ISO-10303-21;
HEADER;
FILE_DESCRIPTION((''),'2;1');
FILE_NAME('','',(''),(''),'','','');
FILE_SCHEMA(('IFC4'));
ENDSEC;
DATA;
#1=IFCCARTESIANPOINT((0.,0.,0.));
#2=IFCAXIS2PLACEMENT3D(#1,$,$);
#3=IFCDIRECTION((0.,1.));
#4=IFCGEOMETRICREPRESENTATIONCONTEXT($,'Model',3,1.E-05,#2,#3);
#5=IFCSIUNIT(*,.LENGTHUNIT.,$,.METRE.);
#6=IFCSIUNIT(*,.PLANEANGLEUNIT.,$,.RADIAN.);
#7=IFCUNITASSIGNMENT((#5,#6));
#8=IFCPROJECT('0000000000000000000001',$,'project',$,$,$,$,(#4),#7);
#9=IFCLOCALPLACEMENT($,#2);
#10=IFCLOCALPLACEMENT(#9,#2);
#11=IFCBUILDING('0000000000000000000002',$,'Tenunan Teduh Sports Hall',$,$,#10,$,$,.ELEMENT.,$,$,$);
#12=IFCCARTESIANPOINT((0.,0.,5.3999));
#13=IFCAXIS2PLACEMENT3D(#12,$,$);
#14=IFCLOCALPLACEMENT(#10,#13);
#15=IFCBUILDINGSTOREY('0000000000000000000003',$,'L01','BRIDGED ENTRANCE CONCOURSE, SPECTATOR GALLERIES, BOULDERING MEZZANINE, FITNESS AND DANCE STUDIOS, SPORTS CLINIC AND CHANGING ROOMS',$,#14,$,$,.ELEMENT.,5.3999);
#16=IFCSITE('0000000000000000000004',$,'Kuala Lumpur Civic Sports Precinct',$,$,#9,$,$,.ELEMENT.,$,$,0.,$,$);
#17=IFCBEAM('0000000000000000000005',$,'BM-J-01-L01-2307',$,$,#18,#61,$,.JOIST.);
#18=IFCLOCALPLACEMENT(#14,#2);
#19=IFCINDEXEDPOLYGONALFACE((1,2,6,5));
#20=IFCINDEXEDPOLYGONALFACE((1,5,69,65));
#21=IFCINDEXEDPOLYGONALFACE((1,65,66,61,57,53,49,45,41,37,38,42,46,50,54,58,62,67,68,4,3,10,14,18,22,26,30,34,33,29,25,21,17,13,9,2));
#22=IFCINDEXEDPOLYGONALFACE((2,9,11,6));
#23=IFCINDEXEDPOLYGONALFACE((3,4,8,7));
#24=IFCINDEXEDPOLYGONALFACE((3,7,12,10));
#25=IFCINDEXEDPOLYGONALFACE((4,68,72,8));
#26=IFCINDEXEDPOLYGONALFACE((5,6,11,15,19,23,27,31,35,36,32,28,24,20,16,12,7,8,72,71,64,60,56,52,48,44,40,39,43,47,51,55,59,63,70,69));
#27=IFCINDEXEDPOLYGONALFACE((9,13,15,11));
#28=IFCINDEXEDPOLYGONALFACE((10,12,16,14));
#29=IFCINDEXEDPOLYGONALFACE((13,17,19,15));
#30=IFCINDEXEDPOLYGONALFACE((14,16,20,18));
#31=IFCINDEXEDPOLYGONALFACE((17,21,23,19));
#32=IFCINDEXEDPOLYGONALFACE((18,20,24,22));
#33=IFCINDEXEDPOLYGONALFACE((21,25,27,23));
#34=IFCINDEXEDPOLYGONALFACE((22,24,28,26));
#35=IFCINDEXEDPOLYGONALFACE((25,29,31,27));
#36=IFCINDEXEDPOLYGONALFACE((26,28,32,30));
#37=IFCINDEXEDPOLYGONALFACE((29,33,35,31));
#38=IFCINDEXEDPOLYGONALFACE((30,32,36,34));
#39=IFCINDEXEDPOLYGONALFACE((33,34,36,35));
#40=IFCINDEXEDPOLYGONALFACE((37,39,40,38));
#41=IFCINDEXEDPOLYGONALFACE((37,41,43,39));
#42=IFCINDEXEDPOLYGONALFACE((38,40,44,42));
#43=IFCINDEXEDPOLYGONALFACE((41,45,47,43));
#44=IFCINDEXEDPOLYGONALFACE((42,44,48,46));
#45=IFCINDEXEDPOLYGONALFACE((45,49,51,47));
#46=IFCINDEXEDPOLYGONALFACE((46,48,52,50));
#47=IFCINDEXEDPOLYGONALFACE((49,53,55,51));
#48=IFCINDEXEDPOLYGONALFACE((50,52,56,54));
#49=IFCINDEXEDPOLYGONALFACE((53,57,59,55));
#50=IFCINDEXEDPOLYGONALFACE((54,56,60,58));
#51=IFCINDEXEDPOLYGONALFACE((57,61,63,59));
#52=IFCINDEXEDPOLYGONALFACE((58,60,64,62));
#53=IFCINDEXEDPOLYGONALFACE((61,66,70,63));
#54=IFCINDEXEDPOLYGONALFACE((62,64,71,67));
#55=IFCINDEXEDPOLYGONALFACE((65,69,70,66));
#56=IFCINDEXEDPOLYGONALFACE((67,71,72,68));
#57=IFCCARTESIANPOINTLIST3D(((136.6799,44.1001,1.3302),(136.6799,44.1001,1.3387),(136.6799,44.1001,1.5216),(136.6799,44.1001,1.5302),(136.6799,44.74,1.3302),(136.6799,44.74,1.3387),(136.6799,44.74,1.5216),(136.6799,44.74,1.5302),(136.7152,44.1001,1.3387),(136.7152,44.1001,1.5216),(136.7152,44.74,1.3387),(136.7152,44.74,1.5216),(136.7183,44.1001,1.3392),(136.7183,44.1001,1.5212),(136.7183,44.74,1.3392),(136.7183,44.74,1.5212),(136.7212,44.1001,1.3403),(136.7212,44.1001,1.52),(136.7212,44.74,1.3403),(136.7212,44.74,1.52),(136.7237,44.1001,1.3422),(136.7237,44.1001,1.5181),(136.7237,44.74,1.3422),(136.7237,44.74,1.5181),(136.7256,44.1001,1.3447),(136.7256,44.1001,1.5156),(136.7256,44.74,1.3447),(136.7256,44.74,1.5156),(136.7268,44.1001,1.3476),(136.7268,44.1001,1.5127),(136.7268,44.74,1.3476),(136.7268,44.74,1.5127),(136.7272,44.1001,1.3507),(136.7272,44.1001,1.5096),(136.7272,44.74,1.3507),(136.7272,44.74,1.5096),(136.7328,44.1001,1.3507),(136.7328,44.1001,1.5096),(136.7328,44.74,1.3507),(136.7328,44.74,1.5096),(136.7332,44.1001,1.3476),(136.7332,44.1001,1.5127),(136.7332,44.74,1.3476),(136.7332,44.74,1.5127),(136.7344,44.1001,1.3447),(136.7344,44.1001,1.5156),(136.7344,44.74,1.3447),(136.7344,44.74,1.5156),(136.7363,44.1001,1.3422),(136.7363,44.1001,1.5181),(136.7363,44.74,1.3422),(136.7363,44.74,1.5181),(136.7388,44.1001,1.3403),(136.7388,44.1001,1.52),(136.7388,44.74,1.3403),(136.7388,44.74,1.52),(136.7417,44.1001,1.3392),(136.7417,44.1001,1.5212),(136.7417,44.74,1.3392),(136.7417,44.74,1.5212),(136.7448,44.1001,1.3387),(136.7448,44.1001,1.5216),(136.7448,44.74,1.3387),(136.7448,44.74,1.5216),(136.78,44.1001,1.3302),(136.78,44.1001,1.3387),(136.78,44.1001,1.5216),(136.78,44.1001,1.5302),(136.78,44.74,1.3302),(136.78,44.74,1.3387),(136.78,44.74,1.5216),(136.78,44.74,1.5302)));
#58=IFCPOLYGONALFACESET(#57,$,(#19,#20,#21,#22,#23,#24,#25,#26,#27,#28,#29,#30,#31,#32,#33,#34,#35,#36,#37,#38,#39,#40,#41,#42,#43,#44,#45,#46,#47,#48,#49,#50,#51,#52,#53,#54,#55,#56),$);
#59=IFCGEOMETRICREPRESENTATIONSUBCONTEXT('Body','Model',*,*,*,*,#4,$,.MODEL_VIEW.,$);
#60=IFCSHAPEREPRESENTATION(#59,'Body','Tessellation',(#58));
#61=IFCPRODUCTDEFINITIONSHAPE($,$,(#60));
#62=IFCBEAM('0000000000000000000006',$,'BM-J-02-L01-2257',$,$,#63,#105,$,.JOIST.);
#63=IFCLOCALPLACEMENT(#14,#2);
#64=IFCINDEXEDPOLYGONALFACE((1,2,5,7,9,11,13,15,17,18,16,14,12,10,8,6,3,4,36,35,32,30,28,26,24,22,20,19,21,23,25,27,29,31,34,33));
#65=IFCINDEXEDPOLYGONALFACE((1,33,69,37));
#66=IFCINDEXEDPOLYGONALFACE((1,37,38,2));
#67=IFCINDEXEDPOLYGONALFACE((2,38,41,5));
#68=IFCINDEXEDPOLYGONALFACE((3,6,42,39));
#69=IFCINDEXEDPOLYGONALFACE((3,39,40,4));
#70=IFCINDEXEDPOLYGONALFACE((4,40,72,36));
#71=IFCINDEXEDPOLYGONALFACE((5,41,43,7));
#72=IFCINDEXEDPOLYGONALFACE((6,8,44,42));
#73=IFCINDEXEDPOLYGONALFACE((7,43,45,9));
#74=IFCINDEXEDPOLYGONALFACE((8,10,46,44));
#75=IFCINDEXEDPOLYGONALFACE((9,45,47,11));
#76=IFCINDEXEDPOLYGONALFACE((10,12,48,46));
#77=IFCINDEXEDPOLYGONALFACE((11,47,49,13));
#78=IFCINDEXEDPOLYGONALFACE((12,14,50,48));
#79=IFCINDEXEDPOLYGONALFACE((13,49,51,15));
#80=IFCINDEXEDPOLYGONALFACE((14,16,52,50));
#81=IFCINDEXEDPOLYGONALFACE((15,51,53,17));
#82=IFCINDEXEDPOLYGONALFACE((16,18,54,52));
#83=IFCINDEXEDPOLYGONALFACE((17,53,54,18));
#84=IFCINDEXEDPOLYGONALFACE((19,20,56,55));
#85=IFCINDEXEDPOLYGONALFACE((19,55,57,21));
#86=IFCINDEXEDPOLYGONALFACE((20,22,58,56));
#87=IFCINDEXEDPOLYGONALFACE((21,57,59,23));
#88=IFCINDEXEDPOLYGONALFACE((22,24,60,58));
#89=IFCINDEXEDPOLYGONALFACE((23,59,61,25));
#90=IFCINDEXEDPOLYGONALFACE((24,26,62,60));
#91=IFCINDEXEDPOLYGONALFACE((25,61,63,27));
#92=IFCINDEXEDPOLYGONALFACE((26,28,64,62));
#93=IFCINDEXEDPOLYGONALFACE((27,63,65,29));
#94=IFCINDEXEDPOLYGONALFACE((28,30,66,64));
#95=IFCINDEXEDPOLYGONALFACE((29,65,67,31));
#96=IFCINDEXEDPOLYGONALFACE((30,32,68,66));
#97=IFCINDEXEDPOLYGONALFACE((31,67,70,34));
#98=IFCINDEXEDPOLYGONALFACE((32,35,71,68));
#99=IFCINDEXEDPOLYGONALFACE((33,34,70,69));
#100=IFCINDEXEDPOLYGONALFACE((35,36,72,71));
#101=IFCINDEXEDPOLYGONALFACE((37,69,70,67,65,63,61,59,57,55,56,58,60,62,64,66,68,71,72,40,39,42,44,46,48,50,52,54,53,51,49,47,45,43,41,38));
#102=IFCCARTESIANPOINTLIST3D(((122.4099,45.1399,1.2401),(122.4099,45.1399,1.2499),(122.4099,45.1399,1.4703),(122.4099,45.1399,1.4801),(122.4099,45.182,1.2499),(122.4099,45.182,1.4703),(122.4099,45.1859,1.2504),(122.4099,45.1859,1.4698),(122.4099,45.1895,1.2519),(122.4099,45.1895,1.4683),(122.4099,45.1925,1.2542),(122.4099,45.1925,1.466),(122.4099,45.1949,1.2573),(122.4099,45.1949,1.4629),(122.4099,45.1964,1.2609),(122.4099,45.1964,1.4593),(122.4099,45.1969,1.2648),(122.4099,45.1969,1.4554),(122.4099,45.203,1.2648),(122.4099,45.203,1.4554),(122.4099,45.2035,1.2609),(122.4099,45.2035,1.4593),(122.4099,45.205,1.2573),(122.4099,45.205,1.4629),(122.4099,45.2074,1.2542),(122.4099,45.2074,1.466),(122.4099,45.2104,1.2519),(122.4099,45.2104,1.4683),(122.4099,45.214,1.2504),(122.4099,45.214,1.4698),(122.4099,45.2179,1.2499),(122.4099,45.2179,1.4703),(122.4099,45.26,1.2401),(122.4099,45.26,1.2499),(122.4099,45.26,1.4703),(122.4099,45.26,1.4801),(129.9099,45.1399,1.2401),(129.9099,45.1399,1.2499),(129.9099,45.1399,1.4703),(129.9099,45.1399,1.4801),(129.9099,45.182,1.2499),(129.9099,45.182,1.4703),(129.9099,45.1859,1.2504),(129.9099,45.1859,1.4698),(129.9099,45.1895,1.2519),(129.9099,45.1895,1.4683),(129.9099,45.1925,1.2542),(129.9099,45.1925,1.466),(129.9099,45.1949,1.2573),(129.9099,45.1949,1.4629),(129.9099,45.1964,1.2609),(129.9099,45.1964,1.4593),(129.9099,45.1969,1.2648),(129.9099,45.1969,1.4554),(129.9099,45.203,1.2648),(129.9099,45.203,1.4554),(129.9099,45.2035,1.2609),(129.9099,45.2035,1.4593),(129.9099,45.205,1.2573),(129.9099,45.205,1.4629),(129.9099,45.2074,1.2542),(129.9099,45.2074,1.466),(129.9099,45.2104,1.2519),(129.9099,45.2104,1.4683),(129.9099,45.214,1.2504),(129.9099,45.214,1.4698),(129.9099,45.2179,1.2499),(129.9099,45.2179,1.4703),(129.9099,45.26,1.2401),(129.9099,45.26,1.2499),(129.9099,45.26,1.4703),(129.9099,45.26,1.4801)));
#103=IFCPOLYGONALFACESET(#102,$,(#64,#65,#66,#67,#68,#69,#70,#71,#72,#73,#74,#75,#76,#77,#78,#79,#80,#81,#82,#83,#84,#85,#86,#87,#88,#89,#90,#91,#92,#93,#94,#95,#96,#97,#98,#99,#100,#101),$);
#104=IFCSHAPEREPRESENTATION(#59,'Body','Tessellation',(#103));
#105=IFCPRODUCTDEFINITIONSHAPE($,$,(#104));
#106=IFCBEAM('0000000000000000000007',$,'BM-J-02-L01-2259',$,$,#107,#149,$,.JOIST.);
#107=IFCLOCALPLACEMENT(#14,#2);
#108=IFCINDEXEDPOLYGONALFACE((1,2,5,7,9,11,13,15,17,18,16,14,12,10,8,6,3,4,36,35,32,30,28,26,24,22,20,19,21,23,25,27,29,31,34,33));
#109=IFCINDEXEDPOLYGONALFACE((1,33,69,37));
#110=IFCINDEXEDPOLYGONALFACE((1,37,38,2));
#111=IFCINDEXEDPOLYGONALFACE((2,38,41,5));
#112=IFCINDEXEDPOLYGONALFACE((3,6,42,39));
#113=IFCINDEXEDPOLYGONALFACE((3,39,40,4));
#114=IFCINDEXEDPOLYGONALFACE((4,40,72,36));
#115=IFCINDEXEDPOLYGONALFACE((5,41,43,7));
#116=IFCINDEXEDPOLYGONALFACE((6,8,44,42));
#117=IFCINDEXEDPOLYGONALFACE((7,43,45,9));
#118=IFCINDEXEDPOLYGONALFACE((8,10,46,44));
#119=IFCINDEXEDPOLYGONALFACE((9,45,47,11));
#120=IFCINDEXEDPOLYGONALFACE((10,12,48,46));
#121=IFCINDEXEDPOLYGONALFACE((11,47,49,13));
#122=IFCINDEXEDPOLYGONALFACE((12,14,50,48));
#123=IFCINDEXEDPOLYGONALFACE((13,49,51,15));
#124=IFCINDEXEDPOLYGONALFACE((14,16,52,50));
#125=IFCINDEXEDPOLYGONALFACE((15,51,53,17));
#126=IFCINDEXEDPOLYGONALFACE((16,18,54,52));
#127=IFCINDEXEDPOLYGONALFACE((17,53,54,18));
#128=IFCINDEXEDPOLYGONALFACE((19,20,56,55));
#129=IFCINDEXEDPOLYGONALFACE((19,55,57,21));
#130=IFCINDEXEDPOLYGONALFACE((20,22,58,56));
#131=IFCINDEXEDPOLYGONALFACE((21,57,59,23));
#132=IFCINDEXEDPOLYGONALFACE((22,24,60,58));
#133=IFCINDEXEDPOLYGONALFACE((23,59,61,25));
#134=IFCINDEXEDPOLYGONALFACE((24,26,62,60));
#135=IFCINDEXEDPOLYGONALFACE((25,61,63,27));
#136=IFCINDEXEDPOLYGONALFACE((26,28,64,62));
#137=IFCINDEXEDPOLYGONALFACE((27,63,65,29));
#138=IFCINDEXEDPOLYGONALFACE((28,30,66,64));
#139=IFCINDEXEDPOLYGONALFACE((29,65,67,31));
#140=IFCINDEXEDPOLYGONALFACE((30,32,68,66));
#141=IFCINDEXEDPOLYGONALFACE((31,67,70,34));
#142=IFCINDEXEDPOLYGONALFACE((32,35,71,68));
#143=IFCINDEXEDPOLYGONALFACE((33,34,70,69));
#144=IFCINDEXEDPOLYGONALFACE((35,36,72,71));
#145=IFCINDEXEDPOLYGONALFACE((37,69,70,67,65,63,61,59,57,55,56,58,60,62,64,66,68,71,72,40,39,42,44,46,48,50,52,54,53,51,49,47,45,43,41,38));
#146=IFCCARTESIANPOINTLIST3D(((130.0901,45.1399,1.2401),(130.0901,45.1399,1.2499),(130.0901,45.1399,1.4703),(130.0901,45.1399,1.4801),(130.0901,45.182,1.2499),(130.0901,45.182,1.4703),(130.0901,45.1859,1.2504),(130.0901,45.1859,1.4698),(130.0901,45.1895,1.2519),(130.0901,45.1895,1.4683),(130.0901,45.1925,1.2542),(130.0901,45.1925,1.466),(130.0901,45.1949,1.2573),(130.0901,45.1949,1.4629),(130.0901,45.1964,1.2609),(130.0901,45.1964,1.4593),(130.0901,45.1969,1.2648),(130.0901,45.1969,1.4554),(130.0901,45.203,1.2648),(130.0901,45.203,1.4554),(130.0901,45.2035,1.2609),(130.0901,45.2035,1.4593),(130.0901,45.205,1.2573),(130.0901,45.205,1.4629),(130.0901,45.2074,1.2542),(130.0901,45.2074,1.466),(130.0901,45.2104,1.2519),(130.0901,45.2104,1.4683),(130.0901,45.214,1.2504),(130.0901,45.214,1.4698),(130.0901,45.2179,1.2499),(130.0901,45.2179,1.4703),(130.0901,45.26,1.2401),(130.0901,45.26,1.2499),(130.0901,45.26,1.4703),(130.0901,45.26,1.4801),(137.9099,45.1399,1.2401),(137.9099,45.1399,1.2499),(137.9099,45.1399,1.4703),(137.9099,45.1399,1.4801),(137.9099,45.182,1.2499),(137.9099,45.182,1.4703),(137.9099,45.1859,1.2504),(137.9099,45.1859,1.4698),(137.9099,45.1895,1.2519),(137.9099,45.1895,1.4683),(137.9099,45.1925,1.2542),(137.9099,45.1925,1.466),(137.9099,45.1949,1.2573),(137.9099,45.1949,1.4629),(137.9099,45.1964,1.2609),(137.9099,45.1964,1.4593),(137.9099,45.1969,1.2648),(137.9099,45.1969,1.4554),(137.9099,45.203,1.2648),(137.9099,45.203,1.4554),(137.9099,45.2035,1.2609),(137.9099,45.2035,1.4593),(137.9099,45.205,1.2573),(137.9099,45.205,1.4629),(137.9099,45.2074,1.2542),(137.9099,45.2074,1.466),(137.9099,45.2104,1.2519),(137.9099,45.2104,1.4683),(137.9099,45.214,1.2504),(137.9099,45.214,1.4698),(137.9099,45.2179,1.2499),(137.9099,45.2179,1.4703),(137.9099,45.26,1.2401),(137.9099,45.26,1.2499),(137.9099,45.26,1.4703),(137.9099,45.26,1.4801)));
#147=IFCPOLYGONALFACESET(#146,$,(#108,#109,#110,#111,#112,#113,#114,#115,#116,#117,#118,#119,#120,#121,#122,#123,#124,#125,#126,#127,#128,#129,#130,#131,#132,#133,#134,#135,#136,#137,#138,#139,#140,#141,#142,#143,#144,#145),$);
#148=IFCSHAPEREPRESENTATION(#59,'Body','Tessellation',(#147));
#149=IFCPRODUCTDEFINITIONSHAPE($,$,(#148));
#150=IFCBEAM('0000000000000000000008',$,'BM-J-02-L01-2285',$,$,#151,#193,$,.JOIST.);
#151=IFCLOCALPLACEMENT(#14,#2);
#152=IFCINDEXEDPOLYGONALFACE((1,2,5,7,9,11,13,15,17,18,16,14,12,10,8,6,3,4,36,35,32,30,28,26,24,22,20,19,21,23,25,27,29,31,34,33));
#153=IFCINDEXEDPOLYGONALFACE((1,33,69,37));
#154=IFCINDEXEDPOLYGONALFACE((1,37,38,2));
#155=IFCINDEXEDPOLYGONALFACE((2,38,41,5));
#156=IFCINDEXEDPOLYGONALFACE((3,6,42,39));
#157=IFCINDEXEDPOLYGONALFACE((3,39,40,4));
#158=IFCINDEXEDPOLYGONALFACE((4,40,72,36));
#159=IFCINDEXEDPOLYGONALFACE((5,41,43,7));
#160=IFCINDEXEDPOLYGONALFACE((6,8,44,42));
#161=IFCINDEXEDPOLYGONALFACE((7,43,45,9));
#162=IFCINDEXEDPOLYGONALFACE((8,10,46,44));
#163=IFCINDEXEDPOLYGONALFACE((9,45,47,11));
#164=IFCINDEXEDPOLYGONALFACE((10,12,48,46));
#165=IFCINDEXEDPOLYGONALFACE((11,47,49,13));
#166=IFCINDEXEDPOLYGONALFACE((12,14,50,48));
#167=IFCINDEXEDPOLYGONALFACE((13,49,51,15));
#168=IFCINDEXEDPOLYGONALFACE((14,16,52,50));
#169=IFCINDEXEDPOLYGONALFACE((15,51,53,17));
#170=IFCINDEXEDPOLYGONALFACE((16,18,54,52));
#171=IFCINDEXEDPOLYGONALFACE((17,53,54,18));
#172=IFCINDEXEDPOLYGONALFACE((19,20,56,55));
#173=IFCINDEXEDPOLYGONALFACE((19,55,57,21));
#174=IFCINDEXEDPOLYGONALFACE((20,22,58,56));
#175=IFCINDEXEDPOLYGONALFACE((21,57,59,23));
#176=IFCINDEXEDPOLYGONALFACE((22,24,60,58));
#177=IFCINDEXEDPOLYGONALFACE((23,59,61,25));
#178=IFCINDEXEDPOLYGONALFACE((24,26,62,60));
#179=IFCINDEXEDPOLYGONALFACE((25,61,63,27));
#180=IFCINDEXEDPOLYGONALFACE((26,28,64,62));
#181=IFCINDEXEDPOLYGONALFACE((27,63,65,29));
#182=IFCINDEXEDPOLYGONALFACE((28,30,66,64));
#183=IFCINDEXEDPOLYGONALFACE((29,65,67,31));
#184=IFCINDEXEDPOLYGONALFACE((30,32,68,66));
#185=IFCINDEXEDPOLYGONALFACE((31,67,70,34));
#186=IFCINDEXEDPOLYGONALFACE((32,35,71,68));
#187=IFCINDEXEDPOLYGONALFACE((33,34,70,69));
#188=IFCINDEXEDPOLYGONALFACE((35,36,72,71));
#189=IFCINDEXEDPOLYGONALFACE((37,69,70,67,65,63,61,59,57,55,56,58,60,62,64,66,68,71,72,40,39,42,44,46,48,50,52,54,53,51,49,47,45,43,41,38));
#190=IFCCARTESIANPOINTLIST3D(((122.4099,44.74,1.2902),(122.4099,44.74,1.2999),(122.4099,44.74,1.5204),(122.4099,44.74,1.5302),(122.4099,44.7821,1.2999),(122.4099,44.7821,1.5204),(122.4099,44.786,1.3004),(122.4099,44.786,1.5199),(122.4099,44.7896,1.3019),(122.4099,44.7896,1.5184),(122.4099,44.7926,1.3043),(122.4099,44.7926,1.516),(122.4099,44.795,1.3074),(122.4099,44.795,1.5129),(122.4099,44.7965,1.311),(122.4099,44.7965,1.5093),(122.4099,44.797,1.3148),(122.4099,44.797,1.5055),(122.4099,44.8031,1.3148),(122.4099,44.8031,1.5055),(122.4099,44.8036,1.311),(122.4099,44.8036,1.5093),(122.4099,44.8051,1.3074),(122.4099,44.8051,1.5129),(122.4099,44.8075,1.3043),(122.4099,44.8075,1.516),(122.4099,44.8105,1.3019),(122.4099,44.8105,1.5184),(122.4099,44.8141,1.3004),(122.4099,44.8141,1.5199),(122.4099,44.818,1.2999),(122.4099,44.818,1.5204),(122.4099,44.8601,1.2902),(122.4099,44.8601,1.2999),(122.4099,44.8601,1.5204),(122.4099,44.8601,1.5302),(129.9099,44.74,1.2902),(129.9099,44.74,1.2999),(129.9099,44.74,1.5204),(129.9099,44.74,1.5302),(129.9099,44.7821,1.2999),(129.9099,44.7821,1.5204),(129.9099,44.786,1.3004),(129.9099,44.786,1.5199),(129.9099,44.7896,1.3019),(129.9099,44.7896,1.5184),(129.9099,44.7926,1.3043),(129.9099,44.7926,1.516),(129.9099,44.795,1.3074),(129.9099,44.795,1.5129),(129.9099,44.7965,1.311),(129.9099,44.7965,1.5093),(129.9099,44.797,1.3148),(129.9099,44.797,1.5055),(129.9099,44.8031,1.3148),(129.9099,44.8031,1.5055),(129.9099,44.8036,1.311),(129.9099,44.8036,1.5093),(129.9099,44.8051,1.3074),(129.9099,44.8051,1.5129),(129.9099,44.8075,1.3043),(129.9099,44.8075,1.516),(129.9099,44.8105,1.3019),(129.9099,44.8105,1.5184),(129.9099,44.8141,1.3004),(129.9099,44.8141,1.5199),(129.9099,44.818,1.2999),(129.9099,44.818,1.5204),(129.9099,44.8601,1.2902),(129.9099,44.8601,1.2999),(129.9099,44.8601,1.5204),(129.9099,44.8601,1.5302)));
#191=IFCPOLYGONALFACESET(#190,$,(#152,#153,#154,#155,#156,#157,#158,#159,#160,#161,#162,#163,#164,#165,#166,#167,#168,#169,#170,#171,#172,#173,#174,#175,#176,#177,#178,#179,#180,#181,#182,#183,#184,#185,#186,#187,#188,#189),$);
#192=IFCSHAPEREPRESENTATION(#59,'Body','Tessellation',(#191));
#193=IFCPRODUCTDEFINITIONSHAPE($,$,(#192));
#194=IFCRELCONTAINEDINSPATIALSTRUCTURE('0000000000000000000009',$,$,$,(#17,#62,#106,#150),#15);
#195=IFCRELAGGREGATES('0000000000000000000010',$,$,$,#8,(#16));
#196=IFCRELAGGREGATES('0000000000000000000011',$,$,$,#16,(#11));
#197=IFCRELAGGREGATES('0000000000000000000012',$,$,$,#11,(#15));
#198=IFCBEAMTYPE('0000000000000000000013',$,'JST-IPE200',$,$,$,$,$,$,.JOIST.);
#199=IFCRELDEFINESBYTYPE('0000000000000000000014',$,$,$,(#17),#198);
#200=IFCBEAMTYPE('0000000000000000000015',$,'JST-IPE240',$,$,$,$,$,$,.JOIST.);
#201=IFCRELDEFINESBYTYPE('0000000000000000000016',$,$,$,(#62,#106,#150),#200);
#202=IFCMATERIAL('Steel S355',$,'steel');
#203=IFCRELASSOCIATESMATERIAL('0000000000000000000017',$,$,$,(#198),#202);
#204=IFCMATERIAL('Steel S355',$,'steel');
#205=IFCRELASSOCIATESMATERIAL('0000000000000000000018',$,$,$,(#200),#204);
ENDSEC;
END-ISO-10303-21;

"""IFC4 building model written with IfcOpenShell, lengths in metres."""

from ifc_helpers import new_model, si_unit, direction, frame, origin, origin_2d, place, context, subcontext, project, spatial, i_section, extrude, material, material_profile, profile_set, type_object, element, save


model = new_model("IFC4")

# Units and contexts
model_context = context("Model", 3, precision=1e-05, world=origin(), true_north=direction((0.0, 1.0)))
body_context = subcontext(model_context, "Body", "Model", "MODEL_VIEW")
ifc_project = project(units=[si_unit("LENGTHUNIT", "METRE"), si_unit("PLANEANGLEUNIT", "RADIAN")], contexts=[model_context])

# Site, building, storey
site_placement = place(None, origin())
site = spatial("IfcSite", under=ifc_project, at=site_placement, Name="Kuala Lumpur Civic Sports Precinct", CompositionType="ELEMENT", RefElevation=0.0)
building_placement = place(site_placement, origin())
building = spatial("IfcBuilding", under=site, at=building_placement, Name="Tenunan Teduh Sports Hall", CompositionType="ELEMENT")
storey_placement = place(building_placement, frame((0.0, 0.0, 5.3999)))
storey = spatial("IfcBuildingStorey", under=building, at=storey_placement, Name="L01", Description="BRIDGED ENTRANCE CONCOURSE, SPECTATOR GALLERIES, BOULDERING MEZZANINE, FITNESS AND DANCE STUDIOS, SPORTS CLINIC AND CHANGING ROOMS", CompositionType="ELEMENT", Elevation=5.3999)

# Beams
ifc_material_1 = material(Name="Steel S355", Category="steel")
ifc_material_profile_1 = material_profile(ifc_material_1, i_section(OverallWidth=0.1001, OverallDepth=0.2, WebThickness=0.0056, FlangeThickness=0.0085, FilletRadius=0.012, at=origin_2d()), Name="IPE 200")
ifc_profile_set_1 = profile_set([ifc_material_profile_1], Name="Steel S355")
beam_type_1 = type_object("IfcBeamType", Name="JST-IPE200", PredefinedType="JOIST", material=ifc_profile_set_1)
for number, where, z_axis, x_axis, name in (
    (1, (136.73, 44.1001, 1.4302), (0.0, 1.0, 0.0), (-1.0, 0.0, 0.0), "BM-J-01-L01-2307"),
):
    element("IfcBeam", number, at=place(storey_placement, frame(where, z_axis=z_axis, x_axis=x_axis)), inside=storey, type_object=beam_type_1, Name=name, PredefinedType="JOIST", context=body_context, shape_type="SweptSolid", body=[
        extrude(i_section(OverallWidth=0.1001, OverallDepth=0.2, WebThickness=0.0056, FlangeThickness=0.0085, FilletRadius=0.012, at=origin_2d()), origin(), (0.0, 0.0, 1.0), 0.6399),
    ])
ifc_material_2 = material(Name="Steel S355", Category="steel")
ifc_material_profile_2 = material_profile(ifc_material_2, i_section(OverallWidth=0.1201, OverallDepth=0.24, WebThickness=0.0061, FlangeThickness=0.0098, FilletRadius=0.0149, at=origin_2d()), Name="IPE 240")
ifc_profile_set_2 = profile_set([ifc_material_profile_2], Name="Steel S355")
beam_type_2 = type_object("IfcBeamType", Name="JST-IPE240", PredefinedType="JOIST", material=ifc_profile_set_2)
beam_1_placement = place(storey_placement, frame((122.4099, 45.2, 1.3601), z_axis=(1.0, 0.0, 0.0), x_axis=(0.0, 1.0, 0.0)))
element("IfcBeam", 2, at=beam_1_placement, inside=storey, type_object=beam_type_2, Name="BM-J-02-L01-2257", PredefinedType="JOIST", context=body_context, shape_type="SweptSolid", body=[
    extrude(i_section(OverallWidth=0.1201, OverallDepth=0.24, WebThickness=0.0061, FlangeThickness=0.0098, FilletRadius=0.0149, at=origin_2d()), origin(), (0.0, 0.0, 1.0), 7.5),
])
beam_2_placement = place(storey_placement, frame((130.0901, 45.2, 1.3601), z_axis=(1.0, 0.0, 0.0), x_axis=(0.0, 1.0, 0.0)))
element("IfcBeam", 3, at=beam_2_placement, inside=storey, type_object=beam_type_2, Name="BM-J-02-L01-2259", PredefinedType="JOIST", context=body_context, shape_type="SweptSolid", body=[
    extrude(i_section(OverallWidth=0.1201, OverallDepth=0.24, WebThickness=0.0061, FlangeThickness=0.0098, FilletRadius=0.0149, at=origin_2d()), origin(), (0.0, 0.0, 1.0), 7.8198),
])
beam_3_placement = place(storey_placement, frame((122.4099, 44.8, 1.4102), z_axis=(1.0, 0.0, 0.0), x_axis=(0.0, 1.0, 0.0)))
element("IfcBeam", 4, at=beam_3_placement, inside=storey, type_object=beam_type_2, Name="BM-J-02-L01-2285", PredefinedType="JOIST", context=body_context, shape_type="SweptSolid", body=[
    extrude(i_section(OverallWidth=0.1201, OverallDepth=0.24, WebThickness=0.0061, FlangeThickness=0.0098, FilletRadius=0.0149, at=origin_2d()), origin(), (0.0, 0.0, 1.0), 7.5),
])

save(model, "model.ifc")
